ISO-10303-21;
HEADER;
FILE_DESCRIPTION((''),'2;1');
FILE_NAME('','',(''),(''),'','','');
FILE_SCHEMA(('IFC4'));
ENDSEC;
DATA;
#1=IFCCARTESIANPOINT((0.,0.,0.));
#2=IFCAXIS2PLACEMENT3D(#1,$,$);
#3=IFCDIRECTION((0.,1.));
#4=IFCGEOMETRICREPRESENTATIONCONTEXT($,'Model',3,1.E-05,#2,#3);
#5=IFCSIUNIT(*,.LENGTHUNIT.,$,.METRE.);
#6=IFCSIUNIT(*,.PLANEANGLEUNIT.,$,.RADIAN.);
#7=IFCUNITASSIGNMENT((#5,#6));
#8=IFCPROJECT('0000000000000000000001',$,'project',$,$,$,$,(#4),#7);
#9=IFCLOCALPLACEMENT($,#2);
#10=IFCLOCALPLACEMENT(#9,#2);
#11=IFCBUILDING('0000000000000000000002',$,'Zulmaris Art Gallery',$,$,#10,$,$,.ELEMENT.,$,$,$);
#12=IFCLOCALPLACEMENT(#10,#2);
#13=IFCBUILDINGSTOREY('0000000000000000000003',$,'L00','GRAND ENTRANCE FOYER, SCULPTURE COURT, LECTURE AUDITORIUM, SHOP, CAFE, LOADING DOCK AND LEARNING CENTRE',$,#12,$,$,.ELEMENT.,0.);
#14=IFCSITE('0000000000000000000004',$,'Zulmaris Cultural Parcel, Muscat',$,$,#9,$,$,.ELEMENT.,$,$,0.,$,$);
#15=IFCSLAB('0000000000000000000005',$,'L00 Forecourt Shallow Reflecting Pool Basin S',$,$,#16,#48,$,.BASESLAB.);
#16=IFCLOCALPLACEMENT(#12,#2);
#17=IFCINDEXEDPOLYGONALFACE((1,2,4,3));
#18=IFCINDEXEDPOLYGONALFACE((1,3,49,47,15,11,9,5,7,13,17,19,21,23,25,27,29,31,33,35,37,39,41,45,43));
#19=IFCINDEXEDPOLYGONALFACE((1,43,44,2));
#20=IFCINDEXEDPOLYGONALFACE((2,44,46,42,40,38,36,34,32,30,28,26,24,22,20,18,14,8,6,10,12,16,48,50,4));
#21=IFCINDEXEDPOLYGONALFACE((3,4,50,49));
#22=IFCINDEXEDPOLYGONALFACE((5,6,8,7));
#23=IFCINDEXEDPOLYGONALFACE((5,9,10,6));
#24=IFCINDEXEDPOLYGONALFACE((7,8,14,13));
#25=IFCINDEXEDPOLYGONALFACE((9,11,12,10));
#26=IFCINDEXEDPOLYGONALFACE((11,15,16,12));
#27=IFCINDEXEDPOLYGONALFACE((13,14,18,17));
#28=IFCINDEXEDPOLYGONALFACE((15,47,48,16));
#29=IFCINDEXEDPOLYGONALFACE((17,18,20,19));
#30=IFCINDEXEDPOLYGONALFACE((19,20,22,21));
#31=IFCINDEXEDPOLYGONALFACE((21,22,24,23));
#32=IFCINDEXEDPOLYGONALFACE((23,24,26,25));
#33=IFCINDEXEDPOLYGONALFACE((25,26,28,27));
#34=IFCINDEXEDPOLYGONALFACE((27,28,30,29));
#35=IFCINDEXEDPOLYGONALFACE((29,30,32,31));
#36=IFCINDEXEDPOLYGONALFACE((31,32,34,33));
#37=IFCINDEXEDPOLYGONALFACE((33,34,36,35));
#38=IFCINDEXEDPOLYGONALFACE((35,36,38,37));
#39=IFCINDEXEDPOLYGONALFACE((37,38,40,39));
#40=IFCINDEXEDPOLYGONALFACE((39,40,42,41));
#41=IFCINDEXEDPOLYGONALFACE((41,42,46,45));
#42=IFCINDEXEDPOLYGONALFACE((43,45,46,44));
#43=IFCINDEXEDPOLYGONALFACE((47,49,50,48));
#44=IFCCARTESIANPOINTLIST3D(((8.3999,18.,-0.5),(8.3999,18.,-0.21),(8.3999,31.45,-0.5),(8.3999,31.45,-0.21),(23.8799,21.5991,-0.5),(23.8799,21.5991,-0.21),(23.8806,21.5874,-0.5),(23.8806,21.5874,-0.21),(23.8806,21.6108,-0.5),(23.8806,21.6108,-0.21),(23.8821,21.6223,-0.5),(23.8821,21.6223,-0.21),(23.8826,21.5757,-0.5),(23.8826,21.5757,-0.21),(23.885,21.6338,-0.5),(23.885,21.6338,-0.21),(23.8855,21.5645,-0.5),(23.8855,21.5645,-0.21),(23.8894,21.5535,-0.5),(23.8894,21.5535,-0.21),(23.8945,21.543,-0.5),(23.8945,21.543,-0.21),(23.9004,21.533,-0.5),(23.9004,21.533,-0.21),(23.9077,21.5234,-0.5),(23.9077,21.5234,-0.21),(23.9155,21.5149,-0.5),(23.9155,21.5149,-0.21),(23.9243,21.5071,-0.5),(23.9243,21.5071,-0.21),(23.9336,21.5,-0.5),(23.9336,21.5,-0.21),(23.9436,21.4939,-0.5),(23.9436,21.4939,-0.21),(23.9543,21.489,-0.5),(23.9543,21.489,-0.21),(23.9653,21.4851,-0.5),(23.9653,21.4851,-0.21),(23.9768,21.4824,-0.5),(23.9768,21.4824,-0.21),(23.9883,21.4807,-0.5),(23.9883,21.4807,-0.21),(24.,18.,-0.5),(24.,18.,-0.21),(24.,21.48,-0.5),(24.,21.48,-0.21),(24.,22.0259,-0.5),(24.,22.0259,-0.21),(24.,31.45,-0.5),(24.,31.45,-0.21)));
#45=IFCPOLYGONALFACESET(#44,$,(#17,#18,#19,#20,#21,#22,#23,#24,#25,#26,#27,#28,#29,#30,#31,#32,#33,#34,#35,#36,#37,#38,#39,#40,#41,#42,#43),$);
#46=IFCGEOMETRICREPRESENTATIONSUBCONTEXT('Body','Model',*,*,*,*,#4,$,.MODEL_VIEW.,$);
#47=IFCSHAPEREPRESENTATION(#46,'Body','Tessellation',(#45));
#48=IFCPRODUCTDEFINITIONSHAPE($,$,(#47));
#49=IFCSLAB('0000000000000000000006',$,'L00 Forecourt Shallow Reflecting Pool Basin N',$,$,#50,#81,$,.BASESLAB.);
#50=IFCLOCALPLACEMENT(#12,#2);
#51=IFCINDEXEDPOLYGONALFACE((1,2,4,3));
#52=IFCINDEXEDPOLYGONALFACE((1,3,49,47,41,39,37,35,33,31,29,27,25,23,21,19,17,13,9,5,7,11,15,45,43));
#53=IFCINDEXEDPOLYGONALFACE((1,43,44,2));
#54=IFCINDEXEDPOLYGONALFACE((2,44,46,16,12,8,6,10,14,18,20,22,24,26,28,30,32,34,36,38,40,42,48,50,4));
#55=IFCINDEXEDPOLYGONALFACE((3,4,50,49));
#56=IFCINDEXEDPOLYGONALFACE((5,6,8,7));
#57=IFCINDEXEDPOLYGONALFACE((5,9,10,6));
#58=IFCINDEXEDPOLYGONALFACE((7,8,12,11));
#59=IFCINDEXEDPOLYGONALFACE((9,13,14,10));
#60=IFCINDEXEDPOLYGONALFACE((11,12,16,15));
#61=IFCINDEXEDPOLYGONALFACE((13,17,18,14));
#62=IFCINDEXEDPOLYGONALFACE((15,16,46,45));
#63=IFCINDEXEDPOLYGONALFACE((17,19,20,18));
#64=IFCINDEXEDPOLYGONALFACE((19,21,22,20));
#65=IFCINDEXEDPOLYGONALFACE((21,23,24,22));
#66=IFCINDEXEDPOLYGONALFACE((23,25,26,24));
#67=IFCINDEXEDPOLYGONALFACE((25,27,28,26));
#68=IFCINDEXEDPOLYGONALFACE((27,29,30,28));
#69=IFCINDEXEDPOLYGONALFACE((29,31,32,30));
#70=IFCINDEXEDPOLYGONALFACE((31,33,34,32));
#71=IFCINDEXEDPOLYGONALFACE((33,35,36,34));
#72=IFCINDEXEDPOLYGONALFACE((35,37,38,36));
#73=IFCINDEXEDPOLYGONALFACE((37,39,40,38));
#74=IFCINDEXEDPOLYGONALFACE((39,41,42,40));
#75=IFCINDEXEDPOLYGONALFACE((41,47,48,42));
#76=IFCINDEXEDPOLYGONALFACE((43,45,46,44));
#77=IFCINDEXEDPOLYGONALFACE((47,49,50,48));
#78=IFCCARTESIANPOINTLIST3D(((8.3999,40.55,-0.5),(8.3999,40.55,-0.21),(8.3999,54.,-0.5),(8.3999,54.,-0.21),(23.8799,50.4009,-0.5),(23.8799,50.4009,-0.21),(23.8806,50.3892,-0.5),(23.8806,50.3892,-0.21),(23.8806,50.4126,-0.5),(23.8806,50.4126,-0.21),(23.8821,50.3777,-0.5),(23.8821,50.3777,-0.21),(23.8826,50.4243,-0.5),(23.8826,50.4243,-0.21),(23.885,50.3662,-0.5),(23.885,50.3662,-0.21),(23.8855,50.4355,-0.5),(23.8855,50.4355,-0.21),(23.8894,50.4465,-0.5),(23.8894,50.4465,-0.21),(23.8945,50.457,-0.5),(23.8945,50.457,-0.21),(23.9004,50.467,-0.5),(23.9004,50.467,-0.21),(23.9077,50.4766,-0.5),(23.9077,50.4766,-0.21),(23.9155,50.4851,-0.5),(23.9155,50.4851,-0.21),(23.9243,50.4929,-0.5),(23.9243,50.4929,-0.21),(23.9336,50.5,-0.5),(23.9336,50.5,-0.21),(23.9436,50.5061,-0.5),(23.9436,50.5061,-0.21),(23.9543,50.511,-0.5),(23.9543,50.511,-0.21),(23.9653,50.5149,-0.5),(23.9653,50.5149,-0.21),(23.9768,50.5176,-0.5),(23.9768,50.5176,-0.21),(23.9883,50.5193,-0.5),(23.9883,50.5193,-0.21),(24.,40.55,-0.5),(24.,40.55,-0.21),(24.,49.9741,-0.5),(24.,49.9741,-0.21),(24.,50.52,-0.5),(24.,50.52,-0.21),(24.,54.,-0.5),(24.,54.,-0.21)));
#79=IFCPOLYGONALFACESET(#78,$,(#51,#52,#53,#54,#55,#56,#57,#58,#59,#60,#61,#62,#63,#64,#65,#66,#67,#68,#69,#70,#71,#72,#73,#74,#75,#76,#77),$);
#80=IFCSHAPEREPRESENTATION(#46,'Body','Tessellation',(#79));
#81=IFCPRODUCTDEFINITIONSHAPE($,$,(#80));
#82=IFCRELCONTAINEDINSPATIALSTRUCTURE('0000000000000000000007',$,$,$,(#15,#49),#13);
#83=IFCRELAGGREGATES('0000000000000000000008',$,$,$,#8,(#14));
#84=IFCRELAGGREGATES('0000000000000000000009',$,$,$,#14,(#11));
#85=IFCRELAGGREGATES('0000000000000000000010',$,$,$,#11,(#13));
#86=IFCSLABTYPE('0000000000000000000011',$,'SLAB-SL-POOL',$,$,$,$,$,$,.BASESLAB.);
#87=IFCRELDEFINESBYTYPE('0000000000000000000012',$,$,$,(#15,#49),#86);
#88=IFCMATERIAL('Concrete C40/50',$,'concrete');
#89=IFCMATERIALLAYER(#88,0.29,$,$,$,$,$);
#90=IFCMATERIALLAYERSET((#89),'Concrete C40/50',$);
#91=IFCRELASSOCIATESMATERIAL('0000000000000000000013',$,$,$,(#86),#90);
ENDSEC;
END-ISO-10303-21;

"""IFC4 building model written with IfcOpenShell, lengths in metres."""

from ifc_helpers import new_model, si_unit, direction, frame, origin, place, context, subcontext, project, spatial, polyline, outline, extrude, material, layer, layer_set, type_object, element, save


model = new_model("IFC4")

# Units and contexts
model_context = context("Model", 3, precision=1e-05, world=origin(), true_north=direction((0.0, 1.0)))
body_context = subcontext(model_context, "Body", "Model", "MODEL_VIEW")
ifc_project = project(units=[si_unit("LENGTHUNIT", "METRE"), si_unit("PLANEANGLEUNIT", "RADIAN")], contexts=[model_context])

# Site, building, storey
site_placement = place(None, origin())
site = spatial("IfcSite", under=ifc_project, at=site_placement, Name="Zulmaris Cultural Parcel, Muscat", CompositionType="ELEMENT", RefElevation=0.0)
building_placement = place(site_placement, origin())
building = spatial("IfcBuilding", under=site, at=building_placement, Name="Zulmaris Art Gallery", CompositionType="ELEMENT")
storey_placement = place(building_placement, origin())
storey = spatial("IfcBuildingStorey", under=building, at=storey_placement, Name="L00", Description="GRAND ENTRANCE FOYER, SCULPTURE COURT, LECTURE AUDITORIUM, SHOP, CAFE, LOADING DOCK AND LEARNING CENTRE", CompositionType="ELEMENT", Elevation=0.0)

# Shared definitions
ifc_material = material(Name="Concrete C40/50", Category="concrete")

# Slabs
ifc_layer_1 = layer(ifc_material, 0.29)
ifc_layer_set_1 = layer_set([ifc_layer_1], Name="Concrete C40/50")
slab_type = type_object("IfcSlabType", Name="SLAB-SL-POOL", PredefinedType="BASESLAB", material=ifc_layer_set_1)
slab_1_placement = place(storey_placement, frame((0.0, 0.0, -0.5)))
element("IfcSlab", 1, at=slab_1_placement, inside=storey, type_object=slab_type, Name="L00 Forecourt Shallow Reflecting Pool Basin S", PredefinedType="BASESLAB", context=body_context, shape_type="SweptSolid", body=[
    extrude(outline(polyline([(24.0, 18.0), (8.3999, 18.0), (8.3999, 31.45), (24.0, 31.45), (24.0, 22.0259), (23.885, 21.6338), (23.8821, 21.6223), (23.8806, 21.6108), (23.8799, 21.5991), (23.8806, 21.5874), (23.8826, 21.5757), (23.8855, 21.5645), (23.8894, 21.5535), (23.8945, 21.543), (23.9004, 21.533), (23.9077, 21.5234), (23.9155, 21.5149), (23.9243, 21.5071), (23.9336, 21.5), (23.9436, 21.4939), (23.9543, 21.489), (23.9653, 21.4851), (23.9768, 21.4824), (23.9883, 21.4807), (24.0, 21.48), (24.0, 18.0)])), origin(), (0.0, 0.0, 1.0), 0.29),
])
slab_2_placement = place(storey_placement, frame((0.0, 0.0, -0.5)))
element("IfcSlab", 2, at=slab_2_placement, inside=storey, type_object=slab_type, Name="L00 Forecourt Shallow Reflecting Pool Basin N", PredefinedType="BASESLAB", context=body_context, shape_type="SweptSolid", body=[
    extrude(outline(polyline([(24.0, 40.55), (8.3999, 40.55), (8.3999, 54.0), (24.0, 54.0), (24.0, 50.52), (23.9883, 50.5193), (23.9768, 50.5176), (23.9653, 50.5149), (23.9543, 50.511), (23.9436, 50.5061), (23.9336, 50.5), (23.9243, 50.4929), (23.9155, 50.4851), (23.9077, 50.4766), (23.9004, 50.467), (23.8945, 50.457), (23.8894, 50.4465), (23.8855, 50.4355), (23.8826, 50.4243), (23.8806, 50.4126), (23.8799, 50.4009), (23.8806, 50.3892), (23.8821, 50.3777), (23.885, 50.3662), (24.0, 49.9741), (24.0, 40.55)])), origin(), (0.0, 0.0, 1.0), 0.29),
])

save(model, "model.ifc")
